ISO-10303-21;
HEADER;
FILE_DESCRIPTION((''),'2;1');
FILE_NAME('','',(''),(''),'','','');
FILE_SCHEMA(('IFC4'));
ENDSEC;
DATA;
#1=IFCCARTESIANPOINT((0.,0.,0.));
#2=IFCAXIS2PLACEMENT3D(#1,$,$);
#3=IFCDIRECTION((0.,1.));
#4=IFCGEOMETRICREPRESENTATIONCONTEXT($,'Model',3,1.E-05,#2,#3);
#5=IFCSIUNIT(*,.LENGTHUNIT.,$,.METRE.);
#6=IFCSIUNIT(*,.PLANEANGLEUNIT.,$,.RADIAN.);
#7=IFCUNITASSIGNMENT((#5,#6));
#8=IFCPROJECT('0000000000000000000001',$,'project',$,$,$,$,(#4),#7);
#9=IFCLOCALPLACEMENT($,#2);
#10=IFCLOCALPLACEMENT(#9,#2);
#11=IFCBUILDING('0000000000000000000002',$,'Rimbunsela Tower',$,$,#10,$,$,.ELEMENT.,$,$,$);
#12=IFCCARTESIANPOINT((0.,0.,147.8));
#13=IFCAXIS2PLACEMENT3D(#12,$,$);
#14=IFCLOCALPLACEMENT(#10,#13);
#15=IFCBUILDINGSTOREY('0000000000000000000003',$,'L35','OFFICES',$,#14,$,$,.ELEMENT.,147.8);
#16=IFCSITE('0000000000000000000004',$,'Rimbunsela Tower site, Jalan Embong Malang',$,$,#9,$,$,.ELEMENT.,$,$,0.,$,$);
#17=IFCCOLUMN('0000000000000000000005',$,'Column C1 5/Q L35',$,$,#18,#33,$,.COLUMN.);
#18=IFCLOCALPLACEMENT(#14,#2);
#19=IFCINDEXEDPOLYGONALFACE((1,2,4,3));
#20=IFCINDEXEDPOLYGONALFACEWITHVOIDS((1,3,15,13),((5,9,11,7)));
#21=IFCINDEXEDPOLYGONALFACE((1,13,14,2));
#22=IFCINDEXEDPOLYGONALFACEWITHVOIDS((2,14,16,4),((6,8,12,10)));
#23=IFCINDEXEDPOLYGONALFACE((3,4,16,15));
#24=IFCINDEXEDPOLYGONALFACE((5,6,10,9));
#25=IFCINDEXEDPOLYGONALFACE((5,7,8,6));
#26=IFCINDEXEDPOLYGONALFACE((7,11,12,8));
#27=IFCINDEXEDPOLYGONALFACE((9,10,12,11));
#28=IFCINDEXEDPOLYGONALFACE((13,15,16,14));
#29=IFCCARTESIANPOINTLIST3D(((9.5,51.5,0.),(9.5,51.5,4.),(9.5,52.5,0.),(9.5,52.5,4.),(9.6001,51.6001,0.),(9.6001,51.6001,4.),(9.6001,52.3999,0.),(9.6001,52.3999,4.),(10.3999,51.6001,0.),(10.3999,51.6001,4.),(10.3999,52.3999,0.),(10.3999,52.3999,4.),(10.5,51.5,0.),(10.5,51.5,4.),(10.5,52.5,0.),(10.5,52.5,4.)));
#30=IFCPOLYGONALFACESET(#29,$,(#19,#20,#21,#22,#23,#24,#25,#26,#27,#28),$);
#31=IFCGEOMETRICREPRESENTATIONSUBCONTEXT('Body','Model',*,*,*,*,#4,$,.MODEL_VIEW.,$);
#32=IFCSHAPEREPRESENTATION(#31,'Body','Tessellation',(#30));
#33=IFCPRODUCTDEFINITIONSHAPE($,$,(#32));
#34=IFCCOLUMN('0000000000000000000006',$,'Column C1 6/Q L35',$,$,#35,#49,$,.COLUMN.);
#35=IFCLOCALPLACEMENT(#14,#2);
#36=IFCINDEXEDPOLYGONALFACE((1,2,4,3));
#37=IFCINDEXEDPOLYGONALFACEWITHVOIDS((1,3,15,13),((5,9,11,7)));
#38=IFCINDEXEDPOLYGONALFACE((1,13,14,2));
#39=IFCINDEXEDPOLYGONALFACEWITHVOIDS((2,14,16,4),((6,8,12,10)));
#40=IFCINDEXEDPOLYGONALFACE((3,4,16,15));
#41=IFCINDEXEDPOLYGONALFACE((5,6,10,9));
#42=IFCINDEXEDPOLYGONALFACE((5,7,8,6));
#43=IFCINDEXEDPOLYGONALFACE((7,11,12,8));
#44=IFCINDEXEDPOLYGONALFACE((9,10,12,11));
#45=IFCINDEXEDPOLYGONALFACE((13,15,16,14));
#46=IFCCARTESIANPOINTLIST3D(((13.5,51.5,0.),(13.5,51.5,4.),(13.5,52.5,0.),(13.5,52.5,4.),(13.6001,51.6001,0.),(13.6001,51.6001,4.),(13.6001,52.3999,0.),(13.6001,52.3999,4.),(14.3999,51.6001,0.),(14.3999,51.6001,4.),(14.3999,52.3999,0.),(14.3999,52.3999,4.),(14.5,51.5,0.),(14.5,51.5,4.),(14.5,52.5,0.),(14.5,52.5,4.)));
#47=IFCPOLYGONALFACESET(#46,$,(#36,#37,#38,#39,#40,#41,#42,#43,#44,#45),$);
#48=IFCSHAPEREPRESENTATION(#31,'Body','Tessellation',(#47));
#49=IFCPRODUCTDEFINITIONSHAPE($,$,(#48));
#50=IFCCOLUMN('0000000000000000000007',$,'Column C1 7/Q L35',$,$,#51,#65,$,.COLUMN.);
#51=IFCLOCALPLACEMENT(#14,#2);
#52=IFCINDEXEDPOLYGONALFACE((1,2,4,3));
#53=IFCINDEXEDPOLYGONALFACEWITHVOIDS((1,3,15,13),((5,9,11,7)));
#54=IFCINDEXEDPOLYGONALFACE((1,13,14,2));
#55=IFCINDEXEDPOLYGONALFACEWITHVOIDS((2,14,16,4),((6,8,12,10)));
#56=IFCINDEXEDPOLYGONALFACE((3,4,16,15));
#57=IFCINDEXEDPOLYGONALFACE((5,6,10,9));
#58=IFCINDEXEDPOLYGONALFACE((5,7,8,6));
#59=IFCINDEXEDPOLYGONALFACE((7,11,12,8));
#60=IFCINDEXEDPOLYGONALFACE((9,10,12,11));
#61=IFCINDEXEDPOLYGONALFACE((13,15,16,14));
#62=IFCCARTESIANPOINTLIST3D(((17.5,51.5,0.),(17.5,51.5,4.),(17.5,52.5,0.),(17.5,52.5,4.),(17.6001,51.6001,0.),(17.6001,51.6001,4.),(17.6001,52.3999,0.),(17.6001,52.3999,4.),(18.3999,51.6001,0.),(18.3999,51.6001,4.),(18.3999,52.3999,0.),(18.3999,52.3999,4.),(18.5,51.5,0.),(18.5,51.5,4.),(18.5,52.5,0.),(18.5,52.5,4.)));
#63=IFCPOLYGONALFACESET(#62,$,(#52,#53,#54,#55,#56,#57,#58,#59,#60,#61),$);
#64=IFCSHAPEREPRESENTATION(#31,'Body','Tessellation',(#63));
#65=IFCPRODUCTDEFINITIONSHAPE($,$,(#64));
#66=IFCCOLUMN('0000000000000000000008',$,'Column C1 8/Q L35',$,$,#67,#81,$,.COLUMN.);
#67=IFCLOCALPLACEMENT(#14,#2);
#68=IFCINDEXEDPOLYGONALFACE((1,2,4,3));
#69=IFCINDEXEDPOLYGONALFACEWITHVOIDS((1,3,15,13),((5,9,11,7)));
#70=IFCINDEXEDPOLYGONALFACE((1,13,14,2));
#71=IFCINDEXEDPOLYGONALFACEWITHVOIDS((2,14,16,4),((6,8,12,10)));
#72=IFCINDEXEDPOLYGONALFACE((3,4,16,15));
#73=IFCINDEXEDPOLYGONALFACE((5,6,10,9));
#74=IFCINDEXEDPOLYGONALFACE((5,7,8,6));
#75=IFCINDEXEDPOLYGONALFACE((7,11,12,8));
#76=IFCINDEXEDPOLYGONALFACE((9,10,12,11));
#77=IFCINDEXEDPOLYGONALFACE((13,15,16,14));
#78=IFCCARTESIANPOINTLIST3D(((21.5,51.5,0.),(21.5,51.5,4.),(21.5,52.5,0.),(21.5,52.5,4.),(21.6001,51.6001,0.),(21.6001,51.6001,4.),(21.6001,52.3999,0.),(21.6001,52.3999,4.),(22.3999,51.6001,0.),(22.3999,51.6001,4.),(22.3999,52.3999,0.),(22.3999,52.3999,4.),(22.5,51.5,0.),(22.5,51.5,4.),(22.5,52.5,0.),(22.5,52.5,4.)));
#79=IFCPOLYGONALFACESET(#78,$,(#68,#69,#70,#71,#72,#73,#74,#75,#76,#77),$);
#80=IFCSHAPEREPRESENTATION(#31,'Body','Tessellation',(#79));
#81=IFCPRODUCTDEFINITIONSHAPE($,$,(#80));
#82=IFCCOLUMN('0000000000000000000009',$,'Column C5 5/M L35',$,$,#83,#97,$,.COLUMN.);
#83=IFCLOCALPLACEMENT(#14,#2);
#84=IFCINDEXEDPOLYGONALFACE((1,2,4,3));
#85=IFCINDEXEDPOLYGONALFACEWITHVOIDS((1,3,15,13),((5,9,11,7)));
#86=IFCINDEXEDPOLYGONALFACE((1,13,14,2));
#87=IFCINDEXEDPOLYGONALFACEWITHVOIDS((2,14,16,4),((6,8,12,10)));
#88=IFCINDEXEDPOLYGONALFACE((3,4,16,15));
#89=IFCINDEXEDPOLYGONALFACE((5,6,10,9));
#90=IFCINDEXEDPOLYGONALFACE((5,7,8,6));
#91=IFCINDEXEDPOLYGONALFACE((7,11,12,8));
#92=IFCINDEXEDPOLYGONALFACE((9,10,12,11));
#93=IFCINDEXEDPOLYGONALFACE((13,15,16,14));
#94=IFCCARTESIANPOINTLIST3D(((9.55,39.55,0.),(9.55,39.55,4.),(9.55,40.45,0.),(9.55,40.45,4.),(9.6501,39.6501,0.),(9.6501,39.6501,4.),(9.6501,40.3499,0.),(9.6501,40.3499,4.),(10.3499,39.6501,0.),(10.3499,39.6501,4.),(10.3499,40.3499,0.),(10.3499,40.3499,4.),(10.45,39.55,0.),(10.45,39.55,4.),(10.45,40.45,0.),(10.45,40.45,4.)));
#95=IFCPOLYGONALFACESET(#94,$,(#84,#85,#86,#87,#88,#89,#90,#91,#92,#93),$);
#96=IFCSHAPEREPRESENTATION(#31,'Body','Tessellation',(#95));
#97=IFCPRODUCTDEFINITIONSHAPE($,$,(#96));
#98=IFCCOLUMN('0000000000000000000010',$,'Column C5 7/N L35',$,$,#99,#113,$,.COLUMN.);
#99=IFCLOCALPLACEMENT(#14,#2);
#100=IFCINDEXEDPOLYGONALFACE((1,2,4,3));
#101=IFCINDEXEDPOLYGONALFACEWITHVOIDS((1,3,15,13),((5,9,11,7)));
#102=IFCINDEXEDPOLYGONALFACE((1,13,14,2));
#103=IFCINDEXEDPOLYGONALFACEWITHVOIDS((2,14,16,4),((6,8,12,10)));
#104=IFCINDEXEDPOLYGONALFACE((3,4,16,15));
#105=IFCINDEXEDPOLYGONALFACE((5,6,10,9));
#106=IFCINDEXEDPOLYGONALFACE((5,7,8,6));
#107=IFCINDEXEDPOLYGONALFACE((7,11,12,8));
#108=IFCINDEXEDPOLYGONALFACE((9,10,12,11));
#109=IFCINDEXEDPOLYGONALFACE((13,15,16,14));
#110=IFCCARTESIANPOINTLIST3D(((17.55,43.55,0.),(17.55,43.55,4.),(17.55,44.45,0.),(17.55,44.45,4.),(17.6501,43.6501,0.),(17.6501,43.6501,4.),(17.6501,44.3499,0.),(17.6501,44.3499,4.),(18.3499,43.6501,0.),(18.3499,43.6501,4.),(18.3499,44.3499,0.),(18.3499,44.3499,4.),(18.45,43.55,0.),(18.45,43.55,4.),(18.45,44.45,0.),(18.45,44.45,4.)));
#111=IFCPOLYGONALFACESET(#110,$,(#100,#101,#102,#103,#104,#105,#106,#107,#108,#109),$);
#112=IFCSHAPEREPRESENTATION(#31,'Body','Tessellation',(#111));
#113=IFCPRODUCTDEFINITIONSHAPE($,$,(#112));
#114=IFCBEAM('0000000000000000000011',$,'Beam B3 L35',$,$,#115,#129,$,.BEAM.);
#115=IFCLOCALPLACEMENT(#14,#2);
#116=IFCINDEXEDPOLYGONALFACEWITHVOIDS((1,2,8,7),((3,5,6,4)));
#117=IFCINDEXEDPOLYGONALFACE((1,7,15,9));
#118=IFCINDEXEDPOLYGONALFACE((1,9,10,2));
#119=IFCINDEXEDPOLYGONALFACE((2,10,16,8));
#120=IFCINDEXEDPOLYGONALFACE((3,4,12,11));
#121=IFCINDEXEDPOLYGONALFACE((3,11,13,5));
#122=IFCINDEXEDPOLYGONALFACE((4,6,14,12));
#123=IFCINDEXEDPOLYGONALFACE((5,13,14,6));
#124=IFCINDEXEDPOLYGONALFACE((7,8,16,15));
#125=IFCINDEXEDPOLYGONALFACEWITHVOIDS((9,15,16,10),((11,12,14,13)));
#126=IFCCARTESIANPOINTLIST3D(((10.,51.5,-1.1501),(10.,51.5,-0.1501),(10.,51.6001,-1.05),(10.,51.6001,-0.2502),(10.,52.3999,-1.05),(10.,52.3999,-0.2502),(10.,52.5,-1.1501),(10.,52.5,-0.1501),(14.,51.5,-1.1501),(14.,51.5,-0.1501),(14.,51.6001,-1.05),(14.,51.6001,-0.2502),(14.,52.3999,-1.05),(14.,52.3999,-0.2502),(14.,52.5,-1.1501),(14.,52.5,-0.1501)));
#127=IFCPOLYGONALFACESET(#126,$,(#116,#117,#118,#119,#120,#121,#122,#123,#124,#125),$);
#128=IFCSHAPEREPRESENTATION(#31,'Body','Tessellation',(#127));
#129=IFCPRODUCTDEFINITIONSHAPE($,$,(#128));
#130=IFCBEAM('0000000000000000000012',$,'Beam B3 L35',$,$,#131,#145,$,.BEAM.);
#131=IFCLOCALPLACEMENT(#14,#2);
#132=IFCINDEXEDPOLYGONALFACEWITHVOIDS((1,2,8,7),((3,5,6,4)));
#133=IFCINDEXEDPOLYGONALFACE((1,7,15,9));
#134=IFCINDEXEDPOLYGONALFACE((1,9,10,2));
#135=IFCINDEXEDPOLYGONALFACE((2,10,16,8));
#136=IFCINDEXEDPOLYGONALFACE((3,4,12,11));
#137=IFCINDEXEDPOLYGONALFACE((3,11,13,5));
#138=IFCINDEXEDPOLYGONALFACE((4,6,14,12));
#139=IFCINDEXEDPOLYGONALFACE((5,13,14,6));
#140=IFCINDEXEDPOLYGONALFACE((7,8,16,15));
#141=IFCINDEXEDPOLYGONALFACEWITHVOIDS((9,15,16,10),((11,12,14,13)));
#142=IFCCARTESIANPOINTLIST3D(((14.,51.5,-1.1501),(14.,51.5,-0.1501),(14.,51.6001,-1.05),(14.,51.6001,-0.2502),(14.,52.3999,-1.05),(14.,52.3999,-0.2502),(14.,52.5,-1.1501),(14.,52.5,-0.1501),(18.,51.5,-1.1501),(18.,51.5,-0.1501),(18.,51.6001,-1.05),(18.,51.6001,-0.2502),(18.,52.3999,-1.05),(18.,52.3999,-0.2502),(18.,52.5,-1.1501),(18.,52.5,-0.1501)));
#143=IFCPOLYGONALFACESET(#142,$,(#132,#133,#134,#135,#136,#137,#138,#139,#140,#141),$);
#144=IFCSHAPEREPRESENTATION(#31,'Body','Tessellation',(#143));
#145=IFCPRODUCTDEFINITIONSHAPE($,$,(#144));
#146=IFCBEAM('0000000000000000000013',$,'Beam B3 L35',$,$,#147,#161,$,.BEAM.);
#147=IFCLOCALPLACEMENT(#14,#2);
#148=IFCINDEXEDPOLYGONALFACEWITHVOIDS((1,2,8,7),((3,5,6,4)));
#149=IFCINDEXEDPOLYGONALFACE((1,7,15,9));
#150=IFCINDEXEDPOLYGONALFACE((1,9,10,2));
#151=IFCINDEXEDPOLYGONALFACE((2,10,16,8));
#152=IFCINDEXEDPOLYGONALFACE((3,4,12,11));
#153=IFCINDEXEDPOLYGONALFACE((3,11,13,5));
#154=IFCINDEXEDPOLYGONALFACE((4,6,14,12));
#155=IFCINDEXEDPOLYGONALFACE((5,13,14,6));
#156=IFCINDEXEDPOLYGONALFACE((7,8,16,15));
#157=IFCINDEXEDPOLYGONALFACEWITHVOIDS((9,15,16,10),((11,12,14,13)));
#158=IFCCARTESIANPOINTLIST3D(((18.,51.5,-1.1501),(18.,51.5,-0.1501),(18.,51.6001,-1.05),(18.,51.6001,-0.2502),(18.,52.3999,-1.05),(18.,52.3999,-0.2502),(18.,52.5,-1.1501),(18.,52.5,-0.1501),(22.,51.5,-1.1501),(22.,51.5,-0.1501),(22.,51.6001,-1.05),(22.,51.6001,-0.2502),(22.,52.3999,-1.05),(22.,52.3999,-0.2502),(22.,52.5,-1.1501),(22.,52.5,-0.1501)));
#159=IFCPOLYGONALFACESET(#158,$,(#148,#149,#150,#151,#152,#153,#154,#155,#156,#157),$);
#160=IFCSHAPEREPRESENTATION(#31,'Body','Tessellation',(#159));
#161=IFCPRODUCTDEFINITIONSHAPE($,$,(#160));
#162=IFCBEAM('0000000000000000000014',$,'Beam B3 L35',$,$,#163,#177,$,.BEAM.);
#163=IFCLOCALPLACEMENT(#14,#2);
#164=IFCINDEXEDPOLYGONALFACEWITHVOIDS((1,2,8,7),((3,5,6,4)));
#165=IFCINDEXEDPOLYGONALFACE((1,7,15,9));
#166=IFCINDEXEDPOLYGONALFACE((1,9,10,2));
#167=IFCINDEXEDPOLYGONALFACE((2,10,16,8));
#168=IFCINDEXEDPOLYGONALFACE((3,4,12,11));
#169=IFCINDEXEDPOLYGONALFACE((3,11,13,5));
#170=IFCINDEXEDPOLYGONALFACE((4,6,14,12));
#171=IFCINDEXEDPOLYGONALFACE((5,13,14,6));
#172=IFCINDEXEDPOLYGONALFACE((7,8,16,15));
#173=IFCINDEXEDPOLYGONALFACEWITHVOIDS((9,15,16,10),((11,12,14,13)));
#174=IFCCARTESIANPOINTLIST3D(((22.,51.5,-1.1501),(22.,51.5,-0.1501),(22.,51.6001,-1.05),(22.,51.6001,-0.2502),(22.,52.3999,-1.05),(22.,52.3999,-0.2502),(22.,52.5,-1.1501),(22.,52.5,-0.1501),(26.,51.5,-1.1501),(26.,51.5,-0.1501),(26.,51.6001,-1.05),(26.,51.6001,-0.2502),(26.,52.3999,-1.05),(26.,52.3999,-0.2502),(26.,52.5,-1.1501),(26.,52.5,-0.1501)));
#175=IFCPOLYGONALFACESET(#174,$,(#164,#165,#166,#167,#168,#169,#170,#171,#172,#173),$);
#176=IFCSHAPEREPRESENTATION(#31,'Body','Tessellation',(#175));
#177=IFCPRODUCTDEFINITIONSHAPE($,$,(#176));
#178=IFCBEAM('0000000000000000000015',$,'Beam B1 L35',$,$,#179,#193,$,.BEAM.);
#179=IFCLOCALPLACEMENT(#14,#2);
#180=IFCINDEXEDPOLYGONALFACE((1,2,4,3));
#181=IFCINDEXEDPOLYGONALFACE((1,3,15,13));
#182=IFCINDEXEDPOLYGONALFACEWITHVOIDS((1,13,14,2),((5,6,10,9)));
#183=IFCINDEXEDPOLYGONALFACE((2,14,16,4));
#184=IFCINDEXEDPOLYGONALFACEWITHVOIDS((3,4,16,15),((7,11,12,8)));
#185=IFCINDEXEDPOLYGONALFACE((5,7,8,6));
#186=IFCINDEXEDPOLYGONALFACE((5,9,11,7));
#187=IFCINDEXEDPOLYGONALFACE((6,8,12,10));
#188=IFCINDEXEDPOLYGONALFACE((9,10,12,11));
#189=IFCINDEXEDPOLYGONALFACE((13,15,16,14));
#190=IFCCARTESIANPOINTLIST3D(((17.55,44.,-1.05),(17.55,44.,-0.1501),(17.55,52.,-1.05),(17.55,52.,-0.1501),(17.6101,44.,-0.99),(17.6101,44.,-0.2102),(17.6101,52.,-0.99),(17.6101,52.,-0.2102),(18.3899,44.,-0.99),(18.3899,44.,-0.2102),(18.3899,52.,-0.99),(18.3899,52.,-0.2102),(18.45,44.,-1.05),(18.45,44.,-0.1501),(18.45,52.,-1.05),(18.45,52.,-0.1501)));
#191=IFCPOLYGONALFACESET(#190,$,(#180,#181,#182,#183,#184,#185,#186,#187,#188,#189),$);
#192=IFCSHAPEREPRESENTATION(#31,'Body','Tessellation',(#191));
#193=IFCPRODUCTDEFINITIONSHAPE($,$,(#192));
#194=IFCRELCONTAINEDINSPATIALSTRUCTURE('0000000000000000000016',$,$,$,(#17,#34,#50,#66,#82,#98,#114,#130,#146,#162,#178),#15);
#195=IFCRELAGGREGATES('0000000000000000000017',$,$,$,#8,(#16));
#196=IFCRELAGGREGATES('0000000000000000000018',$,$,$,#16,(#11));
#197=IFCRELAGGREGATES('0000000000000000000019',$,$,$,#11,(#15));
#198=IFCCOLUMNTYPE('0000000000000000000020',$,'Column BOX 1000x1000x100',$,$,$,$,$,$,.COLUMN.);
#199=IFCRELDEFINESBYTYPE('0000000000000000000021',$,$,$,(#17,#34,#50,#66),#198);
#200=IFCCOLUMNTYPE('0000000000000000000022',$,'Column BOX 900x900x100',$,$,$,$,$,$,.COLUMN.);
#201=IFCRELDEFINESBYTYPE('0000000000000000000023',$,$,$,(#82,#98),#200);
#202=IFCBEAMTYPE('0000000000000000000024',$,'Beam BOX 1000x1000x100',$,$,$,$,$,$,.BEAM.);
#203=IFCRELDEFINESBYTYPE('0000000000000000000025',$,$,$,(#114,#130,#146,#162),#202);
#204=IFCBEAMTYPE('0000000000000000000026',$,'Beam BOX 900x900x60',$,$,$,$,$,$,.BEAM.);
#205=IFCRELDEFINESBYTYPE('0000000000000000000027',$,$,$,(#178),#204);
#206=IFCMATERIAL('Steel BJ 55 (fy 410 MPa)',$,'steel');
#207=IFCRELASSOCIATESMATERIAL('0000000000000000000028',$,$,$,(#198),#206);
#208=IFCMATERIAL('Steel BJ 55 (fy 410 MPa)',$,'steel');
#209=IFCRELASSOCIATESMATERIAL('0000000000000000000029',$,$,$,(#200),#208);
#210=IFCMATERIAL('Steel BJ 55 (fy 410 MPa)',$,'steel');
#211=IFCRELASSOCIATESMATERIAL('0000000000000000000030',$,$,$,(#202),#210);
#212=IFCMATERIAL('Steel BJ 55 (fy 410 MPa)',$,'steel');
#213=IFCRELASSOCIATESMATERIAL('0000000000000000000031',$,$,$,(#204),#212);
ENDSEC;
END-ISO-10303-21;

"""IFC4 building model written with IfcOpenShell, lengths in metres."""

from ifc_helpers import new_model, si_unit, direction, frame, origin, origin_2d, place, context, subcontext, project, spatial, hollow_rectangle, extrude, material, material_profile, profile_set, type_object, element, save


model = new_model("IFC4")

# Units and contexts
model_context = context("Model", 3, precision=1e-05, world=origin(), true_north=direction((0.0, 1.0)))
body_context = subcontext(model_context, "Body", "Model", "MODEL_VIEW")
ifc_project = project(units=[si_unit("LENGTHUNIT", "METRE"), si_unit("PLANEANGLEUNIT", "RADIAN")], contexts=[model_context])

# Site, building, storey
site_placement = place(None, origin())
site = spatial("IfcSite", under=ifc_project, at=site_placement, Name="Rimbunsela Tower site, Jalan Embong Malang", CompositionType="ELEMENT", RefElevation=0.0)
building_placement = place(site_placement, origin())
building = spatial("IfcBuilding", under=site, at=building_placement, Name="Rimbunsela Tower", CompositionType="ELEMENT")
storey_placement = place(building_placement, frame((0.0, 0.0, 147.8)))
storey = spatial("IfcBuildingStorey", under=building, at=storey_placement, Name="L35", Description="OFFICES", CompositionType="ELEMENT", Elevation=147.8)

# Columns
ifc_material_1 = material(Name="Steel BJ 55 (fy 410 MPa)", Category="steel")
ifc_material_profile_1 = material_profile(ifc_material_1, hollow_rectangle(XDim=1.0, YDim=1.0, WallThickness=0.1001, at=origin_2d()), Name="BOX 1000x1000x100")
ifc_profile_set_1 = profile_set([ifc_material_profile_1], Name="Steel BJ 55 (fy 410 MPa)")
column_type_1 = type_object("IfcColumnType", Name="Column BOX 1000x1000x100", PredefinedType="COLUMN", material=ifc_profile_set_1)
for number, where, z_axis, x_axis, name in (
    (1, (10.0, 52.0, 0.0), (0.0, 0.0, 1.0), (1.0, 0.0, 0.0), "Column C1 5/Q L35"),
    (2, (14.0, 52.0, 0.0), (0.0, 0.0, 1.0), (1.0, 0.0, 0.0), "Column C1 6/Q L35"),
    (3, (18.0, 52.0, 0.0), (0.0, 0.0, 1.0), (1.0, 0.0, 0.0), "Column C1 7/Q L35"),
    (4, (22.0, 52.0, 0.0), (0.0, 0.0, 1.0), (1.0, 0.0, 0.0), "Column C1 8/Q L35"),
):
    element("IfcColumn", number, at=place(storey_placement, frame(where, z_axis=z_axis, x_axis=x_axis)), inside=storey, type_object=column_type_1, Name=name, PredefinedType="COLUMN", context=body_context, shape_type="SweptSolid", body=[
        extrude(hollow_rectangle(XDim=1.0, YDim=1.0, WallThickness=0.1001, at=origin_2d()), origin(), (0.0, 0.0, 1.0), 4.0),
    ])
ifc_material_2 = material(Name="Steel BJ 55 (fy 410 MPa)", Category="steel")
ifc_material_profile_2 = material_profile(ifc_material_2, hollow_rectangle(XDim=0.8999, YDim=0.8999, WallThickness=0.1001, at=origin_2d()), Name="BOX 900x900x100")
ifc_profile_set_2 = profile_set([ifc_material_profile_2], Name="Steel BJ 55 (fy 410 MPa)")
column_type_2 = type_object("IfcColumnType", Name="Column BOX 900x900x100", PredefinedType="COLUMN", material=ifc_profile_set_2)
for number, where, z_axis, x_axis, name in (
    (5, (10.0, 40.0, 0.0), (0.0, 0.0, 1.0), (1.0, 0.0, 0.0), "Column C5 5/M L35"),
    (6, (18.0, 44.0, 0.0), (0.0, 0.0, 1.0), (1.0, 0.0, 0.0), "Column C5 7/N L35"),
):
    element("IfcColumn", number, at=place(storey_placement, frame(where, z_axis=z_axis, x_axis=x_axis)), inside=storey, type_object=column_type_2, Name=name, PredefinedType="COLUMN", context=body_context, shape_type="SweptSolid", body=[
        extrude(hollow_rectangle(XDim=0.8999, YDim=0.8999, WallThickness=0.1001, at=origin_2d()), origin(), (0.0, 0.0, 1.0), 4.0),
    ])

# Beams
ifc_material_3 = material(Name="Steel BJ 55 (fy 410 MPa)", Category="steel")
ifc_material_profile_3 = material_profile(ifc_material_3, hollow_rectangle(XDim=1.0, YDim=1.0, WallThickness=0.1001, at=origin_2d()), Name="BOX 1000x1000x100")
ifc_profile_set_3 = profile_set([ifc_material_profile_3], Name="Steel BJ 55 (fy 410 MPa)")
beam_type_1 = type_object("IfcBeamType", Name="Beam BOX 1000x1000x100", PredefinedType="BEAM", material=ifc_profile_set_3)
for number, where, z_axis, x_axis, name in (
    (7, (10.0, 52.0, -0.6501), (1.0, 0.0, 0.0), (0.0, 1.0, 0.0), "Beam B3 L35"),
    (8, (14.0, 52.0, -0.6501), (1.0, 0.0, 0.0), (0.0, 1.0, 0.0), "Beam B3 L35"),
    (9, (18.0, 52.0, -0.6501), (1.0, 0.0, 0.0), (0.0, 1.0, 0.0), "Beam B3 L35"),
    (10, (22.0, 52.0, -0.6501), (1.0, 0.0, 0.0), (0.0, 1.0, 0.0), "Beam B3 L35"),
):
    element("IfcBeam", number, at=place(storey_placement, frame(where, z_axis=z_axis, x_axis=x_axis)), inside=storey, type_object=beam_type_1, Name=name, PredefinedType="BEAM", context=body_context, shape_type="SweptSolid", body=[
        extrude(hollow_rectangle(XDim=1.0, YDim=1.0, WallThickness=0.1001, at=origin_2d()), origin(), (0.0, 0.0, 1.0), 4.0),
    ])
ifc_material_4 = material(Name="Steel BJ 55 (fy 410 MPa)", Category="steel")
ifc_material_profile_4 = material_profile(ifc_material_4, hollow_rectangle(XDim=0.8999, YDim=0.8999, WallThickness=0.0601, at=origin_2d()), Name="BOX 900x900x60")
ifc_profile_set_4 = profile_set([ifc_material_profile_4], Name="Steel BJ 55 (fy 410 MPa)")
beam_type_2 = type_object("IfcBeamType", Name="Beam BOX 900x900x60", PredefinedType="BEAM", material=ifc_profile_set_4)
beam_1_placement = place(storey_placement, frame((18.0, 44.0, -0.6001), z_axis=(0.0, 1.0, 0.0), x_axis=(-1.0, 0.0, 0.0)))
element("IfcBeam", 11, at=beam_1_placement, inside=storey, type_object=beam_type_2, Name="Beam B1 L35", PredefinedType="BEAM", context=body_context, shape_type="SweptSolid", body=[
    extrude(hollow_rectangle(XDim=0.8999, YDim=0.8999, WallThickness=0.0601, at=origin_2d()), origin(), (0.0, 0.0, 1.0), 8.0),
])

save(model, "model.ifc")
